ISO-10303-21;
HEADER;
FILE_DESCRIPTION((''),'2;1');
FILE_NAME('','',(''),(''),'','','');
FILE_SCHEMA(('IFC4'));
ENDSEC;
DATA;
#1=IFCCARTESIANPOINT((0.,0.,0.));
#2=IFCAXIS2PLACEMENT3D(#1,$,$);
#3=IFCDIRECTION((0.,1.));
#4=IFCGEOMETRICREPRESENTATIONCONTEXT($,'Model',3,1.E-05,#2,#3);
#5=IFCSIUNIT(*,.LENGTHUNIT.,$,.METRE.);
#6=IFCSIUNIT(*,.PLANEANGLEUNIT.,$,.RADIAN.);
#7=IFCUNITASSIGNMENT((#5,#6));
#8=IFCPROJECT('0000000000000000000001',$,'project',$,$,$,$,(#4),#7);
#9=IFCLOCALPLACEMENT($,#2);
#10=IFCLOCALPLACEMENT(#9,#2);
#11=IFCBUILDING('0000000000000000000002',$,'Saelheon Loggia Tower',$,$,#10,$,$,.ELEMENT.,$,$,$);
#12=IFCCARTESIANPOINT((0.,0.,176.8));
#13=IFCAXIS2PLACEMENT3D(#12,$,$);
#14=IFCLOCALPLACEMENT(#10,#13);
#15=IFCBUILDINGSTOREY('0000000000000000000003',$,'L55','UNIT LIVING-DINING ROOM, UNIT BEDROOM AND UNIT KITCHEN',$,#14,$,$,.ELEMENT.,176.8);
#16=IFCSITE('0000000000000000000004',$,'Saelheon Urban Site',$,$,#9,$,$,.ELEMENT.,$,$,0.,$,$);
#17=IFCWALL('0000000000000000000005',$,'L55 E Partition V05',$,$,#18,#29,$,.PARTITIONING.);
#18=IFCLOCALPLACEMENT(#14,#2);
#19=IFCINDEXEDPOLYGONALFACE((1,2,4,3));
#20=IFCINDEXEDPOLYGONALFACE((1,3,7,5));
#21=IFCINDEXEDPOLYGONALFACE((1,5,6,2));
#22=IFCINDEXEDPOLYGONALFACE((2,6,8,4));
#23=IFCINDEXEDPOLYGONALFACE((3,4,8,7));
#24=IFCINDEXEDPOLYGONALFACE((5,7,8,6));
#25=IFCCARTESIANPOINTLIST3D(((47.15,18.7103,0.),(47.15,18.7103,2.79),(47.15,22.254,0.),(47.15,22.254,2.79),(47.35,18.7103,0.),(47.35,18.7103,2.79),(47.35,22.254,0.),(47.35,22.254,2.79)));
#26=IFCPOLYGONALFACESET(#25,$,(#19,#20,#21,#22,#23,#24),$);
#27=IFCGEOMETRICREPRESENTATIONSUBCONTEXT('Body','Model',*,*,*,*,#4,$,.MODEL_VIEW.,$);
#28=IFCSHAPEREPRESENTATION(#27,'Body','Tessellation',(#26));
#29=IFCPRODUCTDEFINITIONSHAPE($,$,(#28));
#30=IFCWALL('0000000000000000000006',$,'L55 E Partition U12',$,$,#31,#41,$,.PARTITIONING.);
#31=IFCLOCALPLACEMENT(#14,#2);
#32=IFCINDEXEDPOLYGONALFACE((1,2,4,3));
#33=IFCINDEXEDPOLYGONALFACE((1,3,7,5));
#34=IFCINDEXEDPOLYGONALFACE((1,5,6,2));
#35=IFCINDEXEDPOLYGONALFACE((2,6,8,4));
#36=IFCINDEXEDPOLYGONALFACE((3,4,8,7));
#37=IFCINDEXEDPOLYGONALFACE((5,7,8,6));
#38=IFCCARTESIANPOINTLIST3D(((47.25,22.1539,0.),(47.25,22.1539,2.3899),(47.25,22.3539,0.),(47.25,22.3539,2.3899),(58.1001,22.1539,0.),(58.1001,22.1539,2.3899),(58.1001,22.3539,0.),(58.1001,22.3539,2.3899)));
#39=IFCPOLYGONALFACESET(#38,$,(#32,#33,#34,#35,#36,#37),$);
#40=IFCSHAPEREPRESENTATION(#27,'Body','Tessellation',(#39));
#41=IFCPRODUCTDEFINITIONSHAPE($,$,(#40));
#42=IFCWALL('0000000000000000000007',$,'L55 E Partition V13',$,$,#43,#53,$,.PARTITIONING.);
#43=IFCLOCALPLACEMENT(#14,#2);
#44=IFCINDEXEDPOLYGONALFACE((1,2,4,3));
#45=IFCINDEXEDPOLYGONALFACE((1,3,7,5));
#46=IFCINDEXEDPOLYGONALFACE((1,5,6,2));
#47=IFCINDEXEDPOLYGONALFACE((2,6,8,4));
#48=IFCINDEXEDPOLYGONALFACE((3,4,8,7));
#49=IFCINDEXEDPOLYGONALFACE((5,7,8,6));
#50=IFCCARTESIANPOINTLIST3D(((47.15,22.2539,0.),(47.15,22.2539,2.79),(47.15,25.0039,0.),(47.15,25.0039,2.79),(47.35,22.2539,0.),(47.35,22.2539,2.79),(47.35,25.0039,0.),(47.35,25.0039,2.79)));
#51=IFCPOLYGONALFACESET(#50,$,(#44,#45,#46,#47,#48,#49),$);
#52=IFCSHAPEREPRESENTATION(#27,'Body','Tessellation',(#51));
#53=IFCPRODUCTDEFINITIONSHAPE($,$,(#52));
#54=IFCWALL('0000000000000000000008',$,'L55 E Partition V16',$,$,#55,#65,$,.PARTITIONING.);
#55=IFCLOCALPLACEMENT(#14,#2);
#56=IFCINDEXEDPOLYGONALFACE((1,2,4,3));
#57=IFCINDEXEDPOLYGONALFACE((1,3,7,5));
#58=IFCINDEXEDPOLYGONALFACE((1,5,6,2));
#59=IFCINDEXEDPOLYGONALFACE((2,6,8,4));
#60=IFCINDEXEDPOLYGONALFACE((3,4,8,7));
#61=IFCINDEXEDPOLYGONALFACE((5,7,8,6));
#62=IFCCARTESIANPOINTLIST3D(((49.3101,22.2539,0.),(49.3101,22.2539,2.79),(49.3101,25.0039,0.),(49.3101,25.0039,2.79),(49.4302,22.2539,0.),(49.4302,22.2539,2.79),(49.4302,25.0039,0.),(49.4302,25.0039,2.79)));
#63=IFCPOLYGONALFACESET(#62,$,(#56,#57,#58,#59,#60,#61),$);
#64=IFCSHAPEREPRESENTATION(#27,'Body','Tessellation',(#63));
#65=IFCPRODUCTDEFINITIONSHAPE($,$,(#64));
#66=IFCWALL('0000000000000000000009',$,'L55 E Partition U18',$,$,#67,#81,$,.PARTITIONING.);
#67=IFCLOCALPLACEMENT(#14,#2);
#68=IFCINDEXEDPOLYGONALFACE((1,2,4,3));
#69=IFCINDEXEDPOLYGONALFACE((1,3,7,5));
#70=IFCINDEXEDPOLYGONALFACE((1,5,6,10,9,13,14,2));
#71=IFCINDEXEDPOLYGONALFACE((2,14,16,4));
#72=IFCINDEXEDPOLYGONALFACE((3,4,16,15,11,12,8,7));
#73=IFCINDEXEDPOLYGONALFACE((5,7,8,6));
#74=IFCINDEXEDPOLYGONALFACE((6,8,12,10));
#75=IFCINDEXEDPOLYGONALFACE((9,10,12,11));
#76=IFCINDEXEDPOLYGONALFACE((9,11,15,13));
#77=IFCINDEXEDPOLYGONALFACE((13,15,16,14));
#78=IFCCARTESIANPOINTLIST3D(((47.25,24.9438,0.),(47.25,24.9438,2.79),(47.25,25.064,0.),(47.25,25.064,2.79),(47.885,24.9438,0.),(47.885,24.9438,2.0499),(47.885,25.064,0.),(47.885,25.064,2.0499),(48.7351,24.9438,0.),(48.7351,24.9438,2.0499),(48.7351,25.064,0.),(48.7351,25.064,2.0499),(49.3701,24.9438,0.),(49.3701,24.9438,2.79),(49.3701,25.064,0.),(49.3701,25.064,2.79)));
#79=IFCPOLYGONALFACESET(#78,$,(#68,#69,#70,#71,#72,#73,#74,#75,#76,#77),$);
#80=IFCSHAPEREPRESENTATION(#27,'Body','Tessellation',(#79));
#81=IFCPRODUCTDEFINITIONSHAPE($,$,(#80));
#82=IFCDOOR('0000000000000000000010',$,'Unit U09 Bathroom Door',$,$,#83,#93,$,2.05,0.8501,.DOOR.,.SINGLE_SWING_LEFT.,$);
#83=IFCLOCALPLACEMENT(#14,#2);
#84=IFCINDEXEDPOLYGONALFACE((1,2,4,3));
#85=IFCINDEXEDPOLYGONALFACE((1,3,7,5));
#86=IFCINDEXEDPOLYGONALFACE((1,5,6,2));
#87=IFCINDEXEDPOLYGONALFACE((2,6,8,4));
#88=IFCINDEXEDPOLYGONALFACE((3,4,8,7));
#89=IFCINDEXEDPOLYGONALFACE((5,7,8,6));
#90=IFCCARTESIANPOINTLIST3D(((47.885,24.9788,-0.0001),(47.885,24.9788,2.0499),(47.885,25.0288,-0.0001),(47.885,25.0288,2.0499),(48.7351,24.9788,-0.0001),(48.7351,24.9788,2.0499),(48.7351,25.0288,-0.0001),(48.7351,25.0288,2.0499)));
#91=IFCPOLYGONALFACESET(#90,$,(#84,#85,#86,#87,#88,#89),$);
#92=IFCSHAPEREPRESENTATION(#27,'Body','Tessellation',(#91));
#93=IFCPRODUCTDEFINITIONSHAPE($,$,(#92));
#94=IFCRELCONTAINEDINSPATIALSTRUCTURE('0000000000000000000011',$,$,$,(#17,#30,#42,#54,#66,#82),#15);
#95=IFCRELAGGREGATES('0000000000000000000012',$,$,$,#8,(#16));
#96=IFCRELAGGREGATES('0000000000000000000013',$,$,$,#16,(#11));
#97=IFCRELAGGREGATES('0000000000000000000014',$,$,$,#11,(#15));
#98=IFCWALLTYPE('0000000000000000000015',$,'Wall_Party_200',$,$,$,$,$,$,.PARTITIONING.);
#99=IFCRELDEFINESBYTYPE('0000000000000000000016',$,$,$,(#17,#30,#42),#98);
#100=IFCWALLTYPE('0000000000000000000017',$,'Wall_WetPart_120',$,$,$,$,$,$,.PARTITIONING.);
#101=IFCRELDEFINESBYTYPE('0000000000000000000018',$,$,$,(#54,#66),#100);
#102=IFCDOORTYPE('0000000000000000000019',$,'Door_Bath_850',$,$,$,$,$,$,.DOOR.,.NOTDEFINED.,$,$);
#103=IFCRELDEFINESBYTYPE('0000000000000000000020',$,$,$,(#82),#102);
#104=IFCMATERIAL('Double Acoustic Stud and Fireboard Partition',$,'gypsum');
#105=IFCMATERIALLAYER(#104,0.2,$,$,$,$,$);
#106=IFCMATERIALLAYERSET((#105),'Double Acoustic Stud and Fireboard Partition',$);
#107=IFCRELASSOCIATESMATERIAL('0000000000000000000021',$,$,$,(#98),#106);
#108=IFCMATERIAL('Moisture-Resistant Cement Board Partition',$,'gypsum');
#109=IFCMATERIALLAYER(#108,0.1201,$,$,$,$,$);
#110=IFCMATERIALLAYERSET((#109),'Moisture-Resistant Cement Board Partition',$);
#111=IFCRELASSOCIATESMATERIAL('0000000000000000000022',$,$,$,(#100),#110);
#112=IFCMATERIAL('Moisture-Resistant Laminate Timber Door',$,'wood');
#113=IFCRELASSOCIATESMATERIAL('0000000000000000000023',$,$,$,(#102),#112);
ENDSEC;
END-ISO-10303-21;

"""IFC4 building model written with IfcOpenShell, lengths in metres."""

from ifc_helpers import new_model, si_unit, direction, frame, frame_2d, origin, place, context, subcontext, project, spatial, rectangle, extrude, source, transform, mapped, material, layer, layer_set, type_object, element, fill, save


model = new_model("IFC4")

# Units and contexts
model_context = context("Model", 3, precision=1e-05, world=origin(), true_north=direction((0.0, 1.0)))
body_context = subcontext(model_context, "Body", "Model", "MODEL_VIEW")
ifc_project = project(units=[si_unit("LENGTHUNIT", "METRE"), si_unit("PLANEANGLEUNIT", "RADIAN")], contexts=[model_context])

# Site, building, storey
site_placement = place(None, origin())
site = spatial("IfcSite", under=ifc_project, at=site_placement, Name="Saelheon Urban Site", CompositionType="ELEMENT", RefElevation=0.0)
building_placement = place(site_placement, origin())
building = spatial("IfcBuilding", under=site, at=building_placement, Name="Saelheon Loggia Tower", CompositionType="ELEMENT")
storey_placement = place(building_placement, frame((0.0, 0.0, 176.8)))
storey = spatial("IfcBuildingStorey", under=building, at=storey_placement, Name="L55", Description="UNIT LIVING-DINING ROOM, UNIT BEDROOM AND UNIT KITCHEN", CompositionType="ELEMENT", Elevation=176.8)

# Walls
ifc_material_1 = material(Name="Double Acoustic Stud and Fireboard Partition", Category="gypsum")
ifc_layer_1 = layer(ifc_material_1, 0.2)
ifc_layer_set_1 = layer_set([ifc_layer_1], Name="Double Acoustic Stud and Fireboard Partition")
wall_type_1 = type_object("IfcWallType", Name="Wall_Party_200", PredefinedType="PARTITIONING", material=ifc_layer_set_1)
wall_1_placement = place(storey_placement, frame((47.25, 18.7102, 0.0), z_axis=(0.0, 0.0, 1.0), x_axis=(0.0, 1.0, 0.0)))
element("IfcWall", 1, at=wall_1_placement, inside=storey, type_object=wall_type_1, Name="L55 E Partition V05", PredefinedType="PARTITIONING", context=body_context, shape_type="SweptSolid", body=[
    extrude(rectangle(XDim=3.5437, YDim=0.2, at=frame_2d((1.772, 0.0))), origin(), (0.0, 0.0, 1.0), 2.79),
])
wall_2_placement = place(storey_placement, frame((47.25, 22.2539, 0.0), z_axis=(0.0, 0.0, 1.0), x_axis=(1.0, 0.0, 0.0)))
element("IfcWall", 2, at=wall_2_placement, inside=storey, type_object=wall_type_1, Name="L55 E Partition U12", PredefinedType="PARTITIONING", context=body_context, shape_type="SweptSolid", body=[
    extrude(rectangle(XDim=10.8501, YDim=0.2, at=frame_2d((5.425, 0.0))), origin(), (0.0, 0.0, 1.0), 2.3899),
])
wall_3_placement = place(storey_placement, frame((47.25, 22.2539, 0.0), z_axis=(0.0, 0.0, 1.0), x_axis=(0.0, 1.0, 0.0)))
element("IfcWall", 3, at=wall_3_placement, inside=storey, type_object=wall_type_1, Name="L55 E Partition V13", PredefinedType="PARTITIONING", context=body_context, shape_type="SweptSolid", body=[
    extrude(rectangle(XDim=2.75, YDim=0.2, at=frame_2d((1.375, 0.0))), origin(), (0.0, 0.0, 1.0), 2.79),
])

# Wall
ifc_material_2 = material(Name="Moisture-Resistant Cement Board Partition", Category="gypsum")
ifc_layer_2 = layer(ifc_material_2, 0.1201)
ifc_layer_set_2 = layer_set([ifc_layer_2], Name="Moisture-Resistant Cement Board Partition")
wall_type_2 = type_object("IfcWallType", Name="Wall_WetPart_120", PredefinedType="PARTITIONING", material=ifc_layer_set_2)
wall_4_placement = place(storey_placement, frame((49.3701, 22.2539, 0.0), z_axis=(0.0, 0.0, 1.0), x_axis=(0.0, 1.0, 0.0)))
element("IfcWall", 4, at=wall_4_placement, inside=storey, type_object=wall_type_2, Name="L55 E Partition V16", PredefinedType="PARTITIONING", context=body_context, shape_type="SweptSolid", body=[
    extrude(rectangle(XDim=2.75, YDim=0.1201, at=frame_2d((1.375, 0.0))), origin(), (0.0, 0.0, 1.0), 2.79),
])

# Wall, opening, door
wall_5_placement = place(storey_placement, frame((47.25, 25.0039, 0.0), z_axis=(0.0, 0.0, 1.0), x_axis=(1.0, 0.0, 0.0)))
wall_5 = element("IfcWall", 5, at=wall_5_placement, inside=storey, type_object=wall_type_2, Name="L55 E Partition U18", PredefinedType="PARTITIONING", context=body_context, shape_type="SweptSolid", body=[
    extrude(rectangle(XDim=2.1201, YDim=0.1201, at=frame_2d((1.0601, 0.0))), origin(), (0.0, 0.0, 1.0), 2.79),
])
opening_1_placement = place(wall_5_placement, frame((0.635, 0.0, 0.0)))
opening_1 = element("IfcOpeningElement", 6, at=opening_1_placement, cuts=wall_5, PredefinedType="OPENING", context=body_context, shape_type="SweptSolid", body=[
    extrude(rectangle(XDim=0.8501, YDim=2.05, at=frame_2d((0.425, 1.0249))), frame((0.0, 0.072, 0.0), z_axis=(0.0, -1.0, 0.0), x_axis=(1.0, 0.0, 0.0)), (0.0, 0.0, 1.0), 0.144),
])
ifc_material_3 = material(Name="Moisture-Resistant Laminate Timber Door", Category="wood")
door_type_1 = type_object("IfcDoorType", Name="Door_Bath_850", OperationType="NOTDEFINED", PredefinedType="DOOR", material=ifc_material_3)
shared_shape_1 = source(origin(), body_context, "Body", "SweptSolid", [
    extrude(rectangle(XDim=0.8501, YDim=2.05, at=frame_2d((0.425, 1.0249))), frame((0.0, 0.0249, 0.0), z_axis=(0.0, -1.0, 0.0), x_axis=(1.0, 0.0, 0.0)), (0.0, 0.0, 1.0), 0.05),
])
door_1_placement = place(opening_1_placement, origin())
door_1 = element("IfcDoor", 7, at=door_1_placement, inside=storey, type_object=door_type_1, Name="Unit U09 Bathroom Door", OperationType="SINGLE_SWING_LEFT", OverallHeight=2.05, OverallWidth=0.8501, PredefinedType="DOOR", context=body_context, shape_type="MappedRepresentation", body=[
    mapped(shared_shape_1, transform((0.0, 0.0, 0.0), scale=1.0)),
])
fill(opening_1, door_1)

save(model, "model.ifc")
